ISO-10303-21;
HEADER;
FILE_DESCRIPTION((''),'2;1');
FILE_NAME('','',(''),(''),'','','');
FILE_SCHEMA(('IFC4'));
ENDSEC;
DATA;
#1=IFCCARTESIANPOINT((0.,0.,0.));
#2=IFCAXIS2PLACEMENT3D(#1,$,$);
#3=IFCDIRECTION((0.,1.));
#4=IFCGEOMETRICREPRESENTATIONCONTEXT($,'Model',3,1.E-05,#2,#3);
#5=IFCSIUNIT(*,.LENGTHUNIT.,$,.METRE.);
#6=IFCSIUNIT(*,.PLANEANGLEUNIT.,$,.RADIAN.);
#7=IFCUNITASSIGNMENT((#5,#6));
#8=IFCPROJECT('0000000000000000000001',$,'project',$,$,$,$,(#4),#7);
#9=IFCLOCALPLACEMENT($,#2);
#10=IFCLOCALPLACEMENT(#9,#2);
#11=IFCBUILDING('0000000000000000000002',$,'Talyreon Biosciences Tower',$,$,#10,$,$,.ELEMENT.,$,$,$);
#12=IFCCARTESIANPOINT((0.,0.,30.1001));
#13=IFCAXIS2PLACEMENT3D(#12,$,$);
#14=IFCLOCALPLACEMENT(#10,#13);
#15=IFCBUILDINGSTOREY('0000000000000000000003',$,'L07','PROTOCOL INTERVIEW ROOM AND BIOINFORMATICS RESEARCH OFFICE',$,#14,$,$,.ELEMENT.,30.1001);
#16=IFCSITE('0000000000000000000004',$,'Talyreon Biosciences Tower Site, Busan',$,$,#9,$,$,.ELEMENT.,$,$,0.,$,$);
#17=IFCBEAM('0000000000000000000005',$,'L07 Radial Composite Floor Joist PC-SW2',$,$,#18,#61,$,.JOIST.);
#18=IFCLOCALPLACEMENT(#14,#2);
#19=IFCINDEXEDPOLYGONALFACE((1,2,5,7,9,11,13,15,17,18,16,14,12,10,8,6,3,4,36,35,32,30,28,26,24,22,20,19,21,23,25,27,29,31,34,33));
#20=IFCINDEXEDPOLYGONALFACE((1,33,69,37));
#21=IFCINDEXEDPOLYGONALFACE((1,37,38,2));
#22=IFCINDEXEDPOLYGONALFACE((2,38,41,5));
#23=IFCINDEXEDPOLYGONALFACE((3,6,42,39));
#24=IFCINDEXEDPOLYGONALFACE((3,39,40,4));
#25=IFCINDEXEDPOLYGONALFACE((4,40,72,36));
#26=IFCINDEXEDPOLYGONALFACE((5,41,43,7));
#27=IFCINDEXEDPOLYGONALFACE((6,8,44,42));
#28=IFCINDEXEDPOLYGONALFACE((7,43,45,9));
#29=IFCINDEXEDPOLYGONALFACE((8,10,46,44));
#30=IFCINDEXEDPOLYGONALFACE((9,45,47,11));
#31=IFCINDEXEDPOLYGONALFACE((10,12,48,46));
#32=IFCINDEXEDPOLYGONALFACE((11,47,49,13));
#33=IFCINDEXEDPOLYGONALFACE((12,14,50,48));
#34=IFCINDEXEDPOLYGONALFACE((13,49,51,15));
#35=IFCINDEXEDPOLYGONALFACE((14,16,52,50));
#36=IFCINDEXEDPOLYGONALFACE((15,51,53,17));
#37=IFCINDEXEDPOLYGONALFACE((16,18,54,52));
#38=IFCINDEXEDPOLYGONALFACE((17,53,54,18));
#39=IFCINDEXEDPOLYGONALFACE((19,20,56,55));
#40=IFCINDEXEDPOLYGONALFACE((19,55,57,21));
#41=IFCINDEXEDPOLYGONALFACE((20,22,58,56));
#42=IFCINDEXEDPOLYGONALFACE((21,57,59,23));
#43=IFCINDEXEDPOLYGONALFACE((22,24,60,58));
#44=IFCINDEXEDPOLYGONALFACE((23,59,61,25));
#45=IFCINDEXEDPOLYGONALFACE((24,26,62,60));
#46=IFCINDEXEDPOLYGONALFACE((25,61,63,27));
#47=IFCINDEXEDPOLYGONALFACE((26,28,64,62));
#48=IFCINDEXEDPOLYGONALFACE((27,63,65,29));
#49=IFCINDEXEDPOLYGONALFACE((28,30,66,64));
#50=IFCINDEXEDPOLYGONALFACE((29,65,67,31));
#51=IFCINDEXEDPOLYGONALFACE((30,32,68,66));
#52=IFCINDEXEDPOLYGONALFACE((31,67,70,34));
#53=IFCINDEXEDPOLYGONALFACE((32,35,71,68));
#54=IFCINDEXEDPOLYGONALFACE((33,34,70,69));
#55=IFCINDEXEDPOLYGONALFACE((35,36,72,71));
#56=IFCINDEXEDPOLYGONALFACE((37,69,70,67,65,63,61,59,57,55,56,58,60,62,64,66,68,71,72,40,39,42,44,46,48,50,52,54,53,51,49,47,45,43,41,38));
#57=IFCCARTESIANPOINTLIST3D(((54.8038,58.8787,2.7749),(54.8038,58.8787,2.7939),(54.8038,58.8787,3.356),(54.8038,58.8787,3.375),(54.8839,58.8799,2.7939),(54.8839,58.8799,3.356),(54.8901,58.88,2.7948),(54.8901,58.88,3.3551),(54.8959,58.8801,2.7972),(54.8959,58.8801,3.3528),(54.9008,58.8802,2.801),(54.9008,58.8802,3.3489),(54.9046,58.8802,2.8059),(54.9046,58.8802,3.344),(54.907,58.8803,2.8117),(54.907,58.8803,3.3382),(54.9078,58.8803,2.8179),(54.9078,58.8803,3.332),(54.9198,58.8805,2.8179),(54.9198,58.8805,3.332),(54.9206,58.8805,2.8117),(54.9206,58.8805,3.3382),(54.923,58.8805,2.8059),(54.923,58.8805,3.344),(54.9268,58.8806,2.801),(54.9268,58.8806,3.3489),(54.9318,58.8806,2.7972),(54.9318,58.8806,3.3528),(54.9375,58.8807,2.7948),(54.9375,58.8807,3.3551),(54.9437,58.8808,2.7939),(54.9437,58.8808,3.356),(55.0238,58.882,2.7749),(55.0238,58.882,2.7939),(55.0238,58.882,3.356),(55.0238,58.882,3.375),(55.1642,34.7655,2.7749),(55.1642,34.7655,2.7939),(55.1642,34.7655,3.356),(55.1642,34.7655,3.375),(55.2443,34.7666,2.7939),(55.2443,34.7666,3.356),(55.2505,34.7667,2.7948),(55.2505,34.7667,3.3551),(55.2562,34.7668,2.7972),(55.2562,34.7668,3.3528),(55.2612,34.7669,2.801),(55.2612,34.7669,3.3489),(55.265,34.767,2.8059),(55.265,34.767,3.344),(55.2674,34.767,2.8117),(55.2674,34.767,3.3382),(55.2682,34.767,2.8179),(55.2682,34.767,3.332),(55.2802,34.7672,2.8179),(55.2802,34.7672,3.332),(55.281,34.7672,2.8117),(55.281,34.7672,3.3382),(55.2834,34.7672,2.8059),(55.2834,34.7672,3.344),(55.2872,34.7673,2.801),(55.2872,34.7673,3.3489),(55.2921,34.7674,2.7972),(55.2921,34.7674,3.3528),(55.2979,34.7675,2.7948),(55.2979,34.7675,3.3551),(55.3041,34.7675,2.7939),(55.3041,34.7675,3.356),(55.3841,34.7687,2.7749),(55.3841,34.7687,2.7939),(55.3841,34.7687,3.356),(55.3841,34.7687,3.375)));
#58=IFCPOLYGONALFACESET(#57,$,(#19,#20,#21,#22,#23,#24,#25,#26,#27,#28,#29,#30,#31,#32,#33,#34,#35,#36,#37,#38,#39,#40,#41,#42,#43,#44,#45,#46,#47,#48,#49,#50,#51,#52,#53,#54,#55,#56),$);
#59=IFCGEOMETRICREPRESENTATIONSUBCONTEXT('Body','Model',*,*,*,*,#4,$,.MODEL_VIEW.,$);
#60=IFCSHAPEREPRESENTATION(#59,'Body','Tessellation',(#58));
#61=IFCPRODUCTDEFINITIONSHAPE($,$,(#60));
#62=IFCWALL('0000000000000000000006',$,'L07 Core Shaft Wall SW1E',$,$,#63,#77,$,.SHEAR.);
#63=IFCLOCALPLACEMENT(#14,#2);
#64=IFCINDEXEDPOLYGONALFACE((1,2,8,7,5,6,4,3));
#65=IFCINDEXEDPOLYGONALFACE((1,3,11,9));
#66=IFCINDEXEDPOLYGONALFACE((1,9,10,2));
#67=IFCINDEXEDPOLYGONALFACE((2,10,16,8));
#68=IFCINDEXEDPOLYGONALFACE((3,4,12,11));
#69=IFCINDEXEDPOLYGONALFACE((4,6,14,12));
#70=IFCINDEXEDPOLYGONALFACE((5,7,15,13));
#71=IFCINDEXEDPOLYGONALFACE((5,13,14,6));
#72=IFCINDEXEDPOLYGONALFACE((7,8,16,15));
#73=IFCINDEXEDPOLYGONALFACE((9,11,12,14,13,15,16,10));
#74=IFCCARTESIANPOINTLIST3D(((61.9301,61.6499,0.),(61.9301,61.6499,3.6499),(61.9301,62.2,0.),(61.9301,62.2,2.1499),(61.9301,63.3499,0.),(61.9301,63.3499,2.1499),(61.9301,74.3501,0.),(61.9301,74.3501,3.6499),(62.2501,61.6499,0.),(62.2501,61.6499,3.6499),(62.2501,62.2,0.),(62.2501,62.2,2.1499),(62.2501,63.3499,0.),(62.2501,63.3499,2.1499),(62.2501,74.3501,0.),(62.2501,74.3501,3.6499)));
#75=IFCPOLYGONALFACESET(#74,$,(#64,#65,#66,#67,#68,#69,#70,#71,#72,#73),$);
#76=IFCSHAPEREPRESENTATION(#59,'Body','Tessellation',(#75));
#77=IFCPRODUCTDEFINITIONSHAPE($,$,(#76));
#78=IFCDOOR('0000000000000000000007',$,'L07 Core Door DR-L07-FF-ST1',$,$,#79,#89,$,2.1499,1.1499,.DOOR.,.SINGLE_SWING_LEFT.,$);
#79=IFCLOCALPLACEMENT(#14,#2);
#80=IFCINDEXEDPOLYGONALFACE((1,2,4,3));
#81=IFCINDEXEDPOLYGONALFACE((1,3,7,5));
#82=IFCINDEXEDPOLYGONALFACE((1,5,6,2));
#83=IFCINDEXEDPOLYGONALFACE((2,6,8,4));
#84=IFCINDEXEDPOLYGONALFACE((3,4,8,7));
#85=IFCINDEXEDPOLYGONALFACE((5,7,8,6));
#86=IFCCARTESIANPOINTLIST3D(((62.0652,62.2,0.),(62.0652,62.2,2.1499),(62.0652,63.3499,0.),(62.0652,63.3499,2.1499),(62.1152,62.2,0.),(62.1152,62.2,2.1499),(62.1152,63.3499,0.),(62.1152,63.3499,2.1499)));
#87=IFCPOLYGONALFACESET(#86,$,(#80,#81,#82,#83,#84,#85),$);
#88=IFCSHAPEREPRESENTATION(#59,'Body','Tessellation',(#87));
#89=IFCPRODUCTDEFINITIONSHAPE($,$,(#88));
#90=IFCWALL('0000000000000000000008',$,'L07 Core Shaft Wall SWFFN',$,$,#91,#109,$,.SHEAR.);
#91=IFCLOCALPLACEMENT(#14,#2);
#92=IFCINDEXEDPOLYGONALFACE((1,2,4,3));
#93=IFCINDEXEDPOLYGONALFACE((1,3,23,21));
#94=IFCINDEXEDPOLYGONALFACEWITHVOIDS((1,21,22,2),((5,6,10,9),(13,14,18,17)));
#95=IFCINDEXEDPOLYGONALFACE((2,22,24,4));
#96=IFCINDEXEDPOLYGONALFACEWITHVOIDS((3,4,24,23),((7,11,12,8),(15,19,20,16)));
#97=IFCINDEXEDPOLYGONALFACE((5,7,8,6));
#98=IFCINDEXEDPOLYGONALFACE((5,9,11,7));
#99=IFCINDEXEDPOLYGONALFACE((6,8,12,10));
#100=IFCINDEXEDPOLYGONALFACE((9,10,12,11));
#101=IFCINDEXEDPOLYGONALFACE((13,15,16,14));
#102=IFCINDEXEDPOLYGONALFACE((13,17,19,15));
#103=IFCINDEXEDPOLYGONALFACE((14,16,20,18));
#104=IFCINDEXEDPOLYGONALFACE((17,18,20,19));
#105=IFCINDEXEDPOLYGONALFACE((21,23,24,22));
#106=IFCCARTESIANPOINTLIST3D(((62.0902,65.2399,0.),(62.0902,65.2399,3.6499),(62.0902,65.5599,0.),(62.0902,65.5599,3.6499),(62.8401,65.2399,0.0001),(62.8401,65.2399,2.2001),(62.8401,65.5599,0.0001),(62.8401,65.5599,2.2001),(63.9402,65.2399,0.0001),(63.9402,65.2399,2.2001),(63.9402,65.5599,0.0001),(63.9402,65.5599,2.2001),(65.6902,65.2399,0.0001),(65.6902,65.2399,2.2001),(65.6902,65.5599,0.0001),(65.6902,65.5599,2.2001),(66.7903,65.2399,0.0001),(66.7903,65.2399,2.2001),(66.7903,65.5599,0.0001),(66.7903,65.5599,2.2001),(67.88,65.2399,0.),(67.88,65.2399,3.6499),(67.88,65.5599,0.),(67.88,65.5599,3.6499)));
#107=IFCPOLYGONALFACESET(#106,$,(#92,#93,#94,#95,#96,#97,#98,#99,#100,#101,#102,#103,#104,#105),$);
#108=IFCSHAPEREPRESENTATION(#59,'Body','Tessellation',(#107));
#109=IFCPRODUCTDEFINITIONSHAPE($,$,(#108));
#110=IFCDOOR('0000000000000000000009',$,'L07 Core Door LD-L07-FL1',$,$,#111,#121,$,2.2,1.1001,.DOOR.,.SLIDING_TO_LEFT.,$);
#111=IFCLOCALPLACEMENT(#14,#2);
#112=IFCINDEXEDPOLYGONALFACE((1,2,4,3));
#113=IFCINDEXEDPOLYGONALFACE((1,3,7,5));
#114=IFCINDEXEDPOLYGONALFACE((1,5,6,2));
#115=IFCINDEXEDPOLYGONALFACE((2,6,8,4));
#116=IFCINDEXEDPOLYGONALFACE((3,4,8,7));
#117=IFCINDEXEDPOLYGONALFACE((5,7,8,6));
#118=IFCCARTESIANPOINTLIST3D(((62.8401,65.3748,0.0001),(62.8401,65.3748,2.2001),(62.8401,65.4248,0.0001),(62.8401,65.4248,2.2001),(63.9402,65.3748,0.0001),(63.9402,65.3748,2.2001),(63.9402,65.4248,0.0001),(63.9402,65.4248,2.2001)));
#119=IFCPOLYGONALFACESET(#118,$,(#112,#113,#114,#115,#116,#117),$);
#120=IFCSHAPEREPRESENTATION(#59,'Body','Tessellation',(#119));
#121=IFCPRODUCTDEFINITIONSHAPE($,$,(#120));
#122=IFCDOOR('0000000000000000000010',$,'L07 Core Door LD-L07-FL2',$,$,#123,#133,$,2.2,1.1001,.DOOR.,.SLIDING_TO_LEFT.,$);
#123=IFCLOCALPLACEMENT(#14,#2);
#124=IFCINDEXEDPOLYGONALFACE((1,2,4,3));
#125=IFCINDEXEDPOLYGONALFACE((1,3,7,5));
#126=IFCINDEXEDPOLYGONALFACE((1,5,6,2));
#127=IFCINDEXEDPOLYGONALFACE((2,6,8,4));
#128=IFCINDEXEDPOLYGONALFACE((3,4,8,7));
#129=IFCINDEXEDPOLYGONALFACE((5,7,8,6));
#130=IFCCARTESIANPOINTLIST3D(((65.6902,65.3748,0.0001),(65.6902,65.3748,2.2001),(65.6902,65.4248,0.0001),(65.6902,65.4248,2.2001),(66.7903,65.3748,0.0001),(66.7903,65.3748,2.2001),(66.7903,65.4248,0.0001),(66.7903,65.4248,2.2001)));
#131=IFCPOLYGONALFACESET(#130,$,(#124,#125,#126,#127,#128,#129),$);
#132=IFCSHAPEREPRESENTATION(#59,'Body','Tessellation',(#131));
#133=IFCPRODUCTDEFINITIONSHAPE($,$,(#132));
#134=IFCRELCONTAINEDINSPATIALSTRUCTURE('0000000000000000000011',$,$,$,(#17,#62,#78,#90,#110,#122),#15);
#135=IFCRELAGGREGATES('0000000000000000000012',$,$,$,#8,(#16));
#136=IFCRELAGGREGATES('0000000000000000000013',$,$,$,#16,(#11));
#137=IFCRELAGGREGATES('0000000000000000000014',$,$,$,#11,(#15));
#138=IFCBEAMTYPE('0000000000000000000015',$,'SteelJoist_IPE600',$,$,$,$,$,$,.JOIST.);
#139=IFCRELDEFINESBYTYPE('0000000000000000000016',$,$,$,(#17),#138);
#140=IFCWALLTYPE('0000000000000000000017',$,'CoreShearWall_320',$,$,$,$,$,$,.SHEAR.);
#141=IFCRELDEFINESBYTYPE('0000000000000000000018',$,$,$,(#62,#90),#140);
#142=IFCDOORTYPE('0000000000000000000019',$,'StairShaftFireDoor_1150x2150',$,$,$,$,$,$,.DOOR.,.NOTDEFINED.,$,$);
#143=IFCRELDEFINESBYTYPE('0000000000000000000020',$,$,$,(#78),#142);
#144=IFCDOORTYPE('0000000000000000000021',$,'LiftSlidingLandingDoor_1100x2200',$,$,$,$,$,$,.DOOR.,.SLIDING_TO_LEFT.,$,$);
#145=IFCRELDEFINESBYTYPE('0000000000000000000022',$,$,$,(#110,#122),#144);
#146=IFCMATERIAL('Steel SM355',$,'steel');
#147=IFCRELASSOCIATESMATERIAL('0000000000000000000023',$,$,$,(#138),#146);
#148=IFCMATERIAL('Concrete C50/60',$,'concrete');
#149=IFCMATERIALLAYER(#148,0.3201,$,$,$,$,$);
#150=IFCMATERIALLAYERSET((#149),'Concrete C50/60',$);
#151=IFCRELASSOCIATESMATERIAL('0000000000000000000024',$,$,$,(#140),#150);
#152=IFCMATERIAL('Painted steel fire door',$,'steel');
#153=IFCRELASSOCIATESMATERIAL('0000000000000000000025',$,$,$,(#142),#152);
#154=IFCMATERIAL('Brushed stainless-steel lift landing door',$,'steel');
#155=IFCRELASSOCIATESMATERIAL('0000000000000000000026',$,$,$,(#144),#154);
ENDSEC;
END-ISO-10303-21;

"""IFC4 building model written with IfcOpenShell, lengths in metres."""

from ifc_helpers import new_model, si_unit, direction, frame, frame_2d, origin, origin_2d, place, context, subcontext, project, spatial, rectangle, i_section, extrude, material, layer, layer_set, material_profile, profile_set, type_object, element, fill, save


model = new_model("IFC4")

# Units and contexts
model_context = context("Model", 3, precision=1e-05, world=origin(), true_north=direction((0.0, 1.0)))
body_context = subcontext(model_context, "Body", "Model", "MODEL_VIEW")
ifc_project = project(units=[si_unit("LENGTHUNIT", "METRE"), si_unit("PLANEANGLEUNIT", "RADIAN")], contexts=[model_context])

# Site, building, storey
site_placement = place(None, origin())
site = spatial("IfcSite", under=ifc_project, at=site_placement, Name="Talyreon Biosciences Tower Site, Busan", CompositionType="ELEMENT", RefElevation=0.0)
building_placement = place(site_placement, origin())
building = spatial("IfcBuilding", under=site, at=building_placement, Name="Talyreon Biosciences Tower", CompositionType="ELEMENT")
storey_placement = place(building_placement, frame((0.0, 0.0, 30.1001)))
storey = spatial("IfcBuildingStorey", under=building, at=storey_placement, Name="L07", Description="PROTOCOL INTERVIEW ROOM AND BIOINFORMATICS RESEARCH OFFICE", CompositionType="ELEMENT", Elevation=30.1001)

# Beam
ifc_material_1 = material(Name="Steel SM355", Category="steel")
ifc_material_profile_1 = material_profile(ifc_material_1, i_section(OverallWidth=0.22, OverallDepth=0.6001, WebThickness=0.012, FlangeThickness=0.019, FilletRadius=0.0239, at=origin_2d()), Name="IPE600")
ifc_profile_set_1 = profile_set([ifc_material_profile_1], Name="Steel SM355")
beam_type_1 = type_object("IfcBeamType", Name="SteelJoist_IPE600", PredefinedType="JOIST", material=ifc_profile_set_1)
beam_1_placement = place(storey_placement, frame((54.9138, 58.8804, 3.075), z_axis=(0.014942, -0.999888, 0.0), x_axis=(0.999888, 0.014942, 0.0)))
element("IfcBeam", 1, at=beam_1_placement, inside=storey, type_object=beam_type_1, Name="L07 Radial Composite Floor Joist PC-SW2", PredefinedType="JOIST", context=body_context, shape_type="SweptSolid", body=[
    extrude(i_section(OverallWidth=0.22, OverallDepth=0.6001, WebThickness=0.012, FlangeThickness=0.019, FilletRadius=0.0239, at=origin_2d()), origin(), (0.0, 0.0, 1.0), 24.116),
])

# Wall, opening, door
ifc_material_2 = material(Name="Concrete C50/60", Category="concrete")
ifc_layer_1 = layer(ifc_material_2, 0.3201)
ifc_layer_set_1 = layer_set([ifc_layer_1], Name="Concrete C50/60")
wall_type_1 = type_object("IfcWallType", Name="CoreShearWall_320", PredefinedType="SHEAR", material=ifc_layer_set_1)
wall_1_placement = place(storey_placement, frame((62.0901, 61.6499, 0.0), z_axis=(0.0, 0.0, 1.0), x_axis=(0.0, 1.0, 0.0)))
wall_1 = element("IfcWall", 2, at=wall_1_placement, inside=storey, type_object=wall_type_1, Name="L07 Core Shaft Wall SW1E", PredefinedType="SHEAR", context=body_context, shape_type="SweptSolid", body=[
    extrude(rectangle(XDim=12.7002, YDim=0.3201, at=frame_2d((6.3501, 0.0))), origin(), (0.0, 0.0, 1.0), 3.6499),
])
opening_1_placement = place(wall_1_placement, frame((0.55, 0.0, 0.0)))
opening_1 = element("IfcOpeningElement", 3, at=opening_1_placement, cuts=wall_1, PredefinedType="OPENING", context=body_context, shape_type="SweptSolid", body=[
    extrude(rectangle(XDim=1.1499, YDim=2.1499, at=frame_2d((0.575, 1.075))), frame((0.0, 0.1699, 0.0), z_axis=(0.0, -1.0, 0.0), x_axis=(1.0, 0.0, 0.0)), (0.0, 0.0, 1.0), 0.3401),
])
ifc_material_3 = material(Name="Painted steel fire door", Category="steel")
door_type_1 = type_object("IfcDoorType", Name="StairShaftFireDoor_1150x2150", OperationType="NOTDEFINED", PredefinedType="DOOR", material=ifc_material_3)
door_1_placement = place(opening_1_placement, origin())
door_1 = element("IfcDoor", 4, at=door_1_placement, inside=storey, type_object=door_type_1, Name="L07 Core Door DR-L07-FF-ST1", OperationType="SINGLE_SWING_LEFT", OverallHeight=2.1499, OverallWidth=1.1499, PredefinedType="DOOR", context=body_context, shape_type="SweptSolid", body=[
    extrude(rectangle(XDim=1.1499, YDim=2.1499, at=frame_2d((0.575, 1.075))), frame((0.0, 0.0249, 0.0), z_axis=(0.0, -1.0, 0.0), x_axis=(1.0, 0.0, 0.0)), (0.0, 0.0, 1.0), 0.05),
])
fill(opening_1, door_1)

# Wall, openings, doors
wall_2_placement = place(storey_placement, frame((62.0901, 65.3999, 0.0), z_axis=(0.0, 0.0, 1.0), x_axis=(1.0, 0.0, 0.0)))
wall_2 = element("IfcWall", 5, at=wall_2_placement, inside=storey, type_object=wall_type_1, Name="L07 Core Shaft Wall SWFFN", PredefinedType="SHEAR", context=body_context, shape_type="SweptSolid", body=[
    extrude(rectangle(XDim=5.7898, YDim=0.3201, at=frame_2d((2.895, 0.0))), origin(), (0.0, 0.0, 1.0), 3.6499),
])
opening_2_placement = place(wall_2_placement, frame((0.75, 0.0, 0.0)))
opening_2 = element("IfcOpeningElement", 6, at=opening_2_placement, cuts=wall_2, PredefinedType="OPENING", context=body_context, shape_type="SweptSolid", body=[
    extrude(rectangle(XDim=1.1001, YDim=2.2, at=frame_2d((0.55, 1.1001))), frame((0.0, 0.1699, 0.0), z_axis=(0.0, -1.0, 0.0), x_axis=(1.0, 0.0, 0.0)), (0.0, 0.0, 1.0), 0.3401),
])
opening_3_placement = place(wall_2_placement, frame((3.6001, 0.0, 0.0)))
opening_3 = element("IfcOpeningElement", 7, at=opening_3_placement, cuts=wall_2, PredefinedType="OPENING", context=body_context, shape_type="SweptSolid", body=[
    extrude(rectangle(XDim=1.1001, YDim=2.2, at=frame_2d((0.55, 1.1001))), frame((0.0, 0.1699, 0.0), z_axis=(0.0, -1.0, 0.0), x_axis=(1.0, 0.0, 0.0)), (0.0, 0.0, 1.0), 0.3401),
])
ifc_material_4 = material(Name="Brushed stainless-steel lift landing door", Category="steel")
door_type_2 = type_object("IfcDoorType", Name="LiftSlidingLandingDoor_1100x2200", OperationType="SLIDING_TO_LEFT", PredefinedType="DOOR", material=ifc_material_4)
door_2_placement = place(opening_2_placement, origin())
door_2 = element("IfcDoor", 8, at=door_2_placement, inside=storey, type_object=door_type_2, Name="L07 Core Door LD-L07-FL1", OperationType="SLIDING_TO_LEFT", OverallHeight=2.2, OverallWidth=1.1001, PredefinedType="DOOR", context=body_context, shape_type="SweptSolid", body=[
    extrude(rectangle(XDim=1.1001, YDim=2.2, at=frame_2d((0.55, 1.1001))), frame((0.0, 0.0249, 0.0), z_axis=(0.0, -1.0, 0.0), x_axis=(1.0, 0.0, 0.0)), (0.0, 0.0, 1.0), 0.05),
])
fill(opening_2, door_2)
door_3_placement = place(opening_3_placement, origin())
door_3 = element("IfcDoor", 9, at=door_3_placement, inside=storey, type_object=door_type_2, Name="L07 Core Door LD-L07-FL2", OperationType="SLIDING_TO_LEFT", OverallHeight=2.2, OverallWidth=1.1001, PredefinedType="DOOR", context=body_context, shape_type="SweptSolid", body=[
    extrude(rectangle(XDim=1.1001, YDim=2.2, at=frame_2d((0.55, 1.1001))), frame((0.0, 0.0249, 0.0), z_axis=(0.0, -1.0, 0.0), x_axis=(1.0, 0.0, 0.0)), (0.0, 0.0, 1.0), 0.05),
])
fill(opening_3, door_3)

save(model, "model.ifc")
